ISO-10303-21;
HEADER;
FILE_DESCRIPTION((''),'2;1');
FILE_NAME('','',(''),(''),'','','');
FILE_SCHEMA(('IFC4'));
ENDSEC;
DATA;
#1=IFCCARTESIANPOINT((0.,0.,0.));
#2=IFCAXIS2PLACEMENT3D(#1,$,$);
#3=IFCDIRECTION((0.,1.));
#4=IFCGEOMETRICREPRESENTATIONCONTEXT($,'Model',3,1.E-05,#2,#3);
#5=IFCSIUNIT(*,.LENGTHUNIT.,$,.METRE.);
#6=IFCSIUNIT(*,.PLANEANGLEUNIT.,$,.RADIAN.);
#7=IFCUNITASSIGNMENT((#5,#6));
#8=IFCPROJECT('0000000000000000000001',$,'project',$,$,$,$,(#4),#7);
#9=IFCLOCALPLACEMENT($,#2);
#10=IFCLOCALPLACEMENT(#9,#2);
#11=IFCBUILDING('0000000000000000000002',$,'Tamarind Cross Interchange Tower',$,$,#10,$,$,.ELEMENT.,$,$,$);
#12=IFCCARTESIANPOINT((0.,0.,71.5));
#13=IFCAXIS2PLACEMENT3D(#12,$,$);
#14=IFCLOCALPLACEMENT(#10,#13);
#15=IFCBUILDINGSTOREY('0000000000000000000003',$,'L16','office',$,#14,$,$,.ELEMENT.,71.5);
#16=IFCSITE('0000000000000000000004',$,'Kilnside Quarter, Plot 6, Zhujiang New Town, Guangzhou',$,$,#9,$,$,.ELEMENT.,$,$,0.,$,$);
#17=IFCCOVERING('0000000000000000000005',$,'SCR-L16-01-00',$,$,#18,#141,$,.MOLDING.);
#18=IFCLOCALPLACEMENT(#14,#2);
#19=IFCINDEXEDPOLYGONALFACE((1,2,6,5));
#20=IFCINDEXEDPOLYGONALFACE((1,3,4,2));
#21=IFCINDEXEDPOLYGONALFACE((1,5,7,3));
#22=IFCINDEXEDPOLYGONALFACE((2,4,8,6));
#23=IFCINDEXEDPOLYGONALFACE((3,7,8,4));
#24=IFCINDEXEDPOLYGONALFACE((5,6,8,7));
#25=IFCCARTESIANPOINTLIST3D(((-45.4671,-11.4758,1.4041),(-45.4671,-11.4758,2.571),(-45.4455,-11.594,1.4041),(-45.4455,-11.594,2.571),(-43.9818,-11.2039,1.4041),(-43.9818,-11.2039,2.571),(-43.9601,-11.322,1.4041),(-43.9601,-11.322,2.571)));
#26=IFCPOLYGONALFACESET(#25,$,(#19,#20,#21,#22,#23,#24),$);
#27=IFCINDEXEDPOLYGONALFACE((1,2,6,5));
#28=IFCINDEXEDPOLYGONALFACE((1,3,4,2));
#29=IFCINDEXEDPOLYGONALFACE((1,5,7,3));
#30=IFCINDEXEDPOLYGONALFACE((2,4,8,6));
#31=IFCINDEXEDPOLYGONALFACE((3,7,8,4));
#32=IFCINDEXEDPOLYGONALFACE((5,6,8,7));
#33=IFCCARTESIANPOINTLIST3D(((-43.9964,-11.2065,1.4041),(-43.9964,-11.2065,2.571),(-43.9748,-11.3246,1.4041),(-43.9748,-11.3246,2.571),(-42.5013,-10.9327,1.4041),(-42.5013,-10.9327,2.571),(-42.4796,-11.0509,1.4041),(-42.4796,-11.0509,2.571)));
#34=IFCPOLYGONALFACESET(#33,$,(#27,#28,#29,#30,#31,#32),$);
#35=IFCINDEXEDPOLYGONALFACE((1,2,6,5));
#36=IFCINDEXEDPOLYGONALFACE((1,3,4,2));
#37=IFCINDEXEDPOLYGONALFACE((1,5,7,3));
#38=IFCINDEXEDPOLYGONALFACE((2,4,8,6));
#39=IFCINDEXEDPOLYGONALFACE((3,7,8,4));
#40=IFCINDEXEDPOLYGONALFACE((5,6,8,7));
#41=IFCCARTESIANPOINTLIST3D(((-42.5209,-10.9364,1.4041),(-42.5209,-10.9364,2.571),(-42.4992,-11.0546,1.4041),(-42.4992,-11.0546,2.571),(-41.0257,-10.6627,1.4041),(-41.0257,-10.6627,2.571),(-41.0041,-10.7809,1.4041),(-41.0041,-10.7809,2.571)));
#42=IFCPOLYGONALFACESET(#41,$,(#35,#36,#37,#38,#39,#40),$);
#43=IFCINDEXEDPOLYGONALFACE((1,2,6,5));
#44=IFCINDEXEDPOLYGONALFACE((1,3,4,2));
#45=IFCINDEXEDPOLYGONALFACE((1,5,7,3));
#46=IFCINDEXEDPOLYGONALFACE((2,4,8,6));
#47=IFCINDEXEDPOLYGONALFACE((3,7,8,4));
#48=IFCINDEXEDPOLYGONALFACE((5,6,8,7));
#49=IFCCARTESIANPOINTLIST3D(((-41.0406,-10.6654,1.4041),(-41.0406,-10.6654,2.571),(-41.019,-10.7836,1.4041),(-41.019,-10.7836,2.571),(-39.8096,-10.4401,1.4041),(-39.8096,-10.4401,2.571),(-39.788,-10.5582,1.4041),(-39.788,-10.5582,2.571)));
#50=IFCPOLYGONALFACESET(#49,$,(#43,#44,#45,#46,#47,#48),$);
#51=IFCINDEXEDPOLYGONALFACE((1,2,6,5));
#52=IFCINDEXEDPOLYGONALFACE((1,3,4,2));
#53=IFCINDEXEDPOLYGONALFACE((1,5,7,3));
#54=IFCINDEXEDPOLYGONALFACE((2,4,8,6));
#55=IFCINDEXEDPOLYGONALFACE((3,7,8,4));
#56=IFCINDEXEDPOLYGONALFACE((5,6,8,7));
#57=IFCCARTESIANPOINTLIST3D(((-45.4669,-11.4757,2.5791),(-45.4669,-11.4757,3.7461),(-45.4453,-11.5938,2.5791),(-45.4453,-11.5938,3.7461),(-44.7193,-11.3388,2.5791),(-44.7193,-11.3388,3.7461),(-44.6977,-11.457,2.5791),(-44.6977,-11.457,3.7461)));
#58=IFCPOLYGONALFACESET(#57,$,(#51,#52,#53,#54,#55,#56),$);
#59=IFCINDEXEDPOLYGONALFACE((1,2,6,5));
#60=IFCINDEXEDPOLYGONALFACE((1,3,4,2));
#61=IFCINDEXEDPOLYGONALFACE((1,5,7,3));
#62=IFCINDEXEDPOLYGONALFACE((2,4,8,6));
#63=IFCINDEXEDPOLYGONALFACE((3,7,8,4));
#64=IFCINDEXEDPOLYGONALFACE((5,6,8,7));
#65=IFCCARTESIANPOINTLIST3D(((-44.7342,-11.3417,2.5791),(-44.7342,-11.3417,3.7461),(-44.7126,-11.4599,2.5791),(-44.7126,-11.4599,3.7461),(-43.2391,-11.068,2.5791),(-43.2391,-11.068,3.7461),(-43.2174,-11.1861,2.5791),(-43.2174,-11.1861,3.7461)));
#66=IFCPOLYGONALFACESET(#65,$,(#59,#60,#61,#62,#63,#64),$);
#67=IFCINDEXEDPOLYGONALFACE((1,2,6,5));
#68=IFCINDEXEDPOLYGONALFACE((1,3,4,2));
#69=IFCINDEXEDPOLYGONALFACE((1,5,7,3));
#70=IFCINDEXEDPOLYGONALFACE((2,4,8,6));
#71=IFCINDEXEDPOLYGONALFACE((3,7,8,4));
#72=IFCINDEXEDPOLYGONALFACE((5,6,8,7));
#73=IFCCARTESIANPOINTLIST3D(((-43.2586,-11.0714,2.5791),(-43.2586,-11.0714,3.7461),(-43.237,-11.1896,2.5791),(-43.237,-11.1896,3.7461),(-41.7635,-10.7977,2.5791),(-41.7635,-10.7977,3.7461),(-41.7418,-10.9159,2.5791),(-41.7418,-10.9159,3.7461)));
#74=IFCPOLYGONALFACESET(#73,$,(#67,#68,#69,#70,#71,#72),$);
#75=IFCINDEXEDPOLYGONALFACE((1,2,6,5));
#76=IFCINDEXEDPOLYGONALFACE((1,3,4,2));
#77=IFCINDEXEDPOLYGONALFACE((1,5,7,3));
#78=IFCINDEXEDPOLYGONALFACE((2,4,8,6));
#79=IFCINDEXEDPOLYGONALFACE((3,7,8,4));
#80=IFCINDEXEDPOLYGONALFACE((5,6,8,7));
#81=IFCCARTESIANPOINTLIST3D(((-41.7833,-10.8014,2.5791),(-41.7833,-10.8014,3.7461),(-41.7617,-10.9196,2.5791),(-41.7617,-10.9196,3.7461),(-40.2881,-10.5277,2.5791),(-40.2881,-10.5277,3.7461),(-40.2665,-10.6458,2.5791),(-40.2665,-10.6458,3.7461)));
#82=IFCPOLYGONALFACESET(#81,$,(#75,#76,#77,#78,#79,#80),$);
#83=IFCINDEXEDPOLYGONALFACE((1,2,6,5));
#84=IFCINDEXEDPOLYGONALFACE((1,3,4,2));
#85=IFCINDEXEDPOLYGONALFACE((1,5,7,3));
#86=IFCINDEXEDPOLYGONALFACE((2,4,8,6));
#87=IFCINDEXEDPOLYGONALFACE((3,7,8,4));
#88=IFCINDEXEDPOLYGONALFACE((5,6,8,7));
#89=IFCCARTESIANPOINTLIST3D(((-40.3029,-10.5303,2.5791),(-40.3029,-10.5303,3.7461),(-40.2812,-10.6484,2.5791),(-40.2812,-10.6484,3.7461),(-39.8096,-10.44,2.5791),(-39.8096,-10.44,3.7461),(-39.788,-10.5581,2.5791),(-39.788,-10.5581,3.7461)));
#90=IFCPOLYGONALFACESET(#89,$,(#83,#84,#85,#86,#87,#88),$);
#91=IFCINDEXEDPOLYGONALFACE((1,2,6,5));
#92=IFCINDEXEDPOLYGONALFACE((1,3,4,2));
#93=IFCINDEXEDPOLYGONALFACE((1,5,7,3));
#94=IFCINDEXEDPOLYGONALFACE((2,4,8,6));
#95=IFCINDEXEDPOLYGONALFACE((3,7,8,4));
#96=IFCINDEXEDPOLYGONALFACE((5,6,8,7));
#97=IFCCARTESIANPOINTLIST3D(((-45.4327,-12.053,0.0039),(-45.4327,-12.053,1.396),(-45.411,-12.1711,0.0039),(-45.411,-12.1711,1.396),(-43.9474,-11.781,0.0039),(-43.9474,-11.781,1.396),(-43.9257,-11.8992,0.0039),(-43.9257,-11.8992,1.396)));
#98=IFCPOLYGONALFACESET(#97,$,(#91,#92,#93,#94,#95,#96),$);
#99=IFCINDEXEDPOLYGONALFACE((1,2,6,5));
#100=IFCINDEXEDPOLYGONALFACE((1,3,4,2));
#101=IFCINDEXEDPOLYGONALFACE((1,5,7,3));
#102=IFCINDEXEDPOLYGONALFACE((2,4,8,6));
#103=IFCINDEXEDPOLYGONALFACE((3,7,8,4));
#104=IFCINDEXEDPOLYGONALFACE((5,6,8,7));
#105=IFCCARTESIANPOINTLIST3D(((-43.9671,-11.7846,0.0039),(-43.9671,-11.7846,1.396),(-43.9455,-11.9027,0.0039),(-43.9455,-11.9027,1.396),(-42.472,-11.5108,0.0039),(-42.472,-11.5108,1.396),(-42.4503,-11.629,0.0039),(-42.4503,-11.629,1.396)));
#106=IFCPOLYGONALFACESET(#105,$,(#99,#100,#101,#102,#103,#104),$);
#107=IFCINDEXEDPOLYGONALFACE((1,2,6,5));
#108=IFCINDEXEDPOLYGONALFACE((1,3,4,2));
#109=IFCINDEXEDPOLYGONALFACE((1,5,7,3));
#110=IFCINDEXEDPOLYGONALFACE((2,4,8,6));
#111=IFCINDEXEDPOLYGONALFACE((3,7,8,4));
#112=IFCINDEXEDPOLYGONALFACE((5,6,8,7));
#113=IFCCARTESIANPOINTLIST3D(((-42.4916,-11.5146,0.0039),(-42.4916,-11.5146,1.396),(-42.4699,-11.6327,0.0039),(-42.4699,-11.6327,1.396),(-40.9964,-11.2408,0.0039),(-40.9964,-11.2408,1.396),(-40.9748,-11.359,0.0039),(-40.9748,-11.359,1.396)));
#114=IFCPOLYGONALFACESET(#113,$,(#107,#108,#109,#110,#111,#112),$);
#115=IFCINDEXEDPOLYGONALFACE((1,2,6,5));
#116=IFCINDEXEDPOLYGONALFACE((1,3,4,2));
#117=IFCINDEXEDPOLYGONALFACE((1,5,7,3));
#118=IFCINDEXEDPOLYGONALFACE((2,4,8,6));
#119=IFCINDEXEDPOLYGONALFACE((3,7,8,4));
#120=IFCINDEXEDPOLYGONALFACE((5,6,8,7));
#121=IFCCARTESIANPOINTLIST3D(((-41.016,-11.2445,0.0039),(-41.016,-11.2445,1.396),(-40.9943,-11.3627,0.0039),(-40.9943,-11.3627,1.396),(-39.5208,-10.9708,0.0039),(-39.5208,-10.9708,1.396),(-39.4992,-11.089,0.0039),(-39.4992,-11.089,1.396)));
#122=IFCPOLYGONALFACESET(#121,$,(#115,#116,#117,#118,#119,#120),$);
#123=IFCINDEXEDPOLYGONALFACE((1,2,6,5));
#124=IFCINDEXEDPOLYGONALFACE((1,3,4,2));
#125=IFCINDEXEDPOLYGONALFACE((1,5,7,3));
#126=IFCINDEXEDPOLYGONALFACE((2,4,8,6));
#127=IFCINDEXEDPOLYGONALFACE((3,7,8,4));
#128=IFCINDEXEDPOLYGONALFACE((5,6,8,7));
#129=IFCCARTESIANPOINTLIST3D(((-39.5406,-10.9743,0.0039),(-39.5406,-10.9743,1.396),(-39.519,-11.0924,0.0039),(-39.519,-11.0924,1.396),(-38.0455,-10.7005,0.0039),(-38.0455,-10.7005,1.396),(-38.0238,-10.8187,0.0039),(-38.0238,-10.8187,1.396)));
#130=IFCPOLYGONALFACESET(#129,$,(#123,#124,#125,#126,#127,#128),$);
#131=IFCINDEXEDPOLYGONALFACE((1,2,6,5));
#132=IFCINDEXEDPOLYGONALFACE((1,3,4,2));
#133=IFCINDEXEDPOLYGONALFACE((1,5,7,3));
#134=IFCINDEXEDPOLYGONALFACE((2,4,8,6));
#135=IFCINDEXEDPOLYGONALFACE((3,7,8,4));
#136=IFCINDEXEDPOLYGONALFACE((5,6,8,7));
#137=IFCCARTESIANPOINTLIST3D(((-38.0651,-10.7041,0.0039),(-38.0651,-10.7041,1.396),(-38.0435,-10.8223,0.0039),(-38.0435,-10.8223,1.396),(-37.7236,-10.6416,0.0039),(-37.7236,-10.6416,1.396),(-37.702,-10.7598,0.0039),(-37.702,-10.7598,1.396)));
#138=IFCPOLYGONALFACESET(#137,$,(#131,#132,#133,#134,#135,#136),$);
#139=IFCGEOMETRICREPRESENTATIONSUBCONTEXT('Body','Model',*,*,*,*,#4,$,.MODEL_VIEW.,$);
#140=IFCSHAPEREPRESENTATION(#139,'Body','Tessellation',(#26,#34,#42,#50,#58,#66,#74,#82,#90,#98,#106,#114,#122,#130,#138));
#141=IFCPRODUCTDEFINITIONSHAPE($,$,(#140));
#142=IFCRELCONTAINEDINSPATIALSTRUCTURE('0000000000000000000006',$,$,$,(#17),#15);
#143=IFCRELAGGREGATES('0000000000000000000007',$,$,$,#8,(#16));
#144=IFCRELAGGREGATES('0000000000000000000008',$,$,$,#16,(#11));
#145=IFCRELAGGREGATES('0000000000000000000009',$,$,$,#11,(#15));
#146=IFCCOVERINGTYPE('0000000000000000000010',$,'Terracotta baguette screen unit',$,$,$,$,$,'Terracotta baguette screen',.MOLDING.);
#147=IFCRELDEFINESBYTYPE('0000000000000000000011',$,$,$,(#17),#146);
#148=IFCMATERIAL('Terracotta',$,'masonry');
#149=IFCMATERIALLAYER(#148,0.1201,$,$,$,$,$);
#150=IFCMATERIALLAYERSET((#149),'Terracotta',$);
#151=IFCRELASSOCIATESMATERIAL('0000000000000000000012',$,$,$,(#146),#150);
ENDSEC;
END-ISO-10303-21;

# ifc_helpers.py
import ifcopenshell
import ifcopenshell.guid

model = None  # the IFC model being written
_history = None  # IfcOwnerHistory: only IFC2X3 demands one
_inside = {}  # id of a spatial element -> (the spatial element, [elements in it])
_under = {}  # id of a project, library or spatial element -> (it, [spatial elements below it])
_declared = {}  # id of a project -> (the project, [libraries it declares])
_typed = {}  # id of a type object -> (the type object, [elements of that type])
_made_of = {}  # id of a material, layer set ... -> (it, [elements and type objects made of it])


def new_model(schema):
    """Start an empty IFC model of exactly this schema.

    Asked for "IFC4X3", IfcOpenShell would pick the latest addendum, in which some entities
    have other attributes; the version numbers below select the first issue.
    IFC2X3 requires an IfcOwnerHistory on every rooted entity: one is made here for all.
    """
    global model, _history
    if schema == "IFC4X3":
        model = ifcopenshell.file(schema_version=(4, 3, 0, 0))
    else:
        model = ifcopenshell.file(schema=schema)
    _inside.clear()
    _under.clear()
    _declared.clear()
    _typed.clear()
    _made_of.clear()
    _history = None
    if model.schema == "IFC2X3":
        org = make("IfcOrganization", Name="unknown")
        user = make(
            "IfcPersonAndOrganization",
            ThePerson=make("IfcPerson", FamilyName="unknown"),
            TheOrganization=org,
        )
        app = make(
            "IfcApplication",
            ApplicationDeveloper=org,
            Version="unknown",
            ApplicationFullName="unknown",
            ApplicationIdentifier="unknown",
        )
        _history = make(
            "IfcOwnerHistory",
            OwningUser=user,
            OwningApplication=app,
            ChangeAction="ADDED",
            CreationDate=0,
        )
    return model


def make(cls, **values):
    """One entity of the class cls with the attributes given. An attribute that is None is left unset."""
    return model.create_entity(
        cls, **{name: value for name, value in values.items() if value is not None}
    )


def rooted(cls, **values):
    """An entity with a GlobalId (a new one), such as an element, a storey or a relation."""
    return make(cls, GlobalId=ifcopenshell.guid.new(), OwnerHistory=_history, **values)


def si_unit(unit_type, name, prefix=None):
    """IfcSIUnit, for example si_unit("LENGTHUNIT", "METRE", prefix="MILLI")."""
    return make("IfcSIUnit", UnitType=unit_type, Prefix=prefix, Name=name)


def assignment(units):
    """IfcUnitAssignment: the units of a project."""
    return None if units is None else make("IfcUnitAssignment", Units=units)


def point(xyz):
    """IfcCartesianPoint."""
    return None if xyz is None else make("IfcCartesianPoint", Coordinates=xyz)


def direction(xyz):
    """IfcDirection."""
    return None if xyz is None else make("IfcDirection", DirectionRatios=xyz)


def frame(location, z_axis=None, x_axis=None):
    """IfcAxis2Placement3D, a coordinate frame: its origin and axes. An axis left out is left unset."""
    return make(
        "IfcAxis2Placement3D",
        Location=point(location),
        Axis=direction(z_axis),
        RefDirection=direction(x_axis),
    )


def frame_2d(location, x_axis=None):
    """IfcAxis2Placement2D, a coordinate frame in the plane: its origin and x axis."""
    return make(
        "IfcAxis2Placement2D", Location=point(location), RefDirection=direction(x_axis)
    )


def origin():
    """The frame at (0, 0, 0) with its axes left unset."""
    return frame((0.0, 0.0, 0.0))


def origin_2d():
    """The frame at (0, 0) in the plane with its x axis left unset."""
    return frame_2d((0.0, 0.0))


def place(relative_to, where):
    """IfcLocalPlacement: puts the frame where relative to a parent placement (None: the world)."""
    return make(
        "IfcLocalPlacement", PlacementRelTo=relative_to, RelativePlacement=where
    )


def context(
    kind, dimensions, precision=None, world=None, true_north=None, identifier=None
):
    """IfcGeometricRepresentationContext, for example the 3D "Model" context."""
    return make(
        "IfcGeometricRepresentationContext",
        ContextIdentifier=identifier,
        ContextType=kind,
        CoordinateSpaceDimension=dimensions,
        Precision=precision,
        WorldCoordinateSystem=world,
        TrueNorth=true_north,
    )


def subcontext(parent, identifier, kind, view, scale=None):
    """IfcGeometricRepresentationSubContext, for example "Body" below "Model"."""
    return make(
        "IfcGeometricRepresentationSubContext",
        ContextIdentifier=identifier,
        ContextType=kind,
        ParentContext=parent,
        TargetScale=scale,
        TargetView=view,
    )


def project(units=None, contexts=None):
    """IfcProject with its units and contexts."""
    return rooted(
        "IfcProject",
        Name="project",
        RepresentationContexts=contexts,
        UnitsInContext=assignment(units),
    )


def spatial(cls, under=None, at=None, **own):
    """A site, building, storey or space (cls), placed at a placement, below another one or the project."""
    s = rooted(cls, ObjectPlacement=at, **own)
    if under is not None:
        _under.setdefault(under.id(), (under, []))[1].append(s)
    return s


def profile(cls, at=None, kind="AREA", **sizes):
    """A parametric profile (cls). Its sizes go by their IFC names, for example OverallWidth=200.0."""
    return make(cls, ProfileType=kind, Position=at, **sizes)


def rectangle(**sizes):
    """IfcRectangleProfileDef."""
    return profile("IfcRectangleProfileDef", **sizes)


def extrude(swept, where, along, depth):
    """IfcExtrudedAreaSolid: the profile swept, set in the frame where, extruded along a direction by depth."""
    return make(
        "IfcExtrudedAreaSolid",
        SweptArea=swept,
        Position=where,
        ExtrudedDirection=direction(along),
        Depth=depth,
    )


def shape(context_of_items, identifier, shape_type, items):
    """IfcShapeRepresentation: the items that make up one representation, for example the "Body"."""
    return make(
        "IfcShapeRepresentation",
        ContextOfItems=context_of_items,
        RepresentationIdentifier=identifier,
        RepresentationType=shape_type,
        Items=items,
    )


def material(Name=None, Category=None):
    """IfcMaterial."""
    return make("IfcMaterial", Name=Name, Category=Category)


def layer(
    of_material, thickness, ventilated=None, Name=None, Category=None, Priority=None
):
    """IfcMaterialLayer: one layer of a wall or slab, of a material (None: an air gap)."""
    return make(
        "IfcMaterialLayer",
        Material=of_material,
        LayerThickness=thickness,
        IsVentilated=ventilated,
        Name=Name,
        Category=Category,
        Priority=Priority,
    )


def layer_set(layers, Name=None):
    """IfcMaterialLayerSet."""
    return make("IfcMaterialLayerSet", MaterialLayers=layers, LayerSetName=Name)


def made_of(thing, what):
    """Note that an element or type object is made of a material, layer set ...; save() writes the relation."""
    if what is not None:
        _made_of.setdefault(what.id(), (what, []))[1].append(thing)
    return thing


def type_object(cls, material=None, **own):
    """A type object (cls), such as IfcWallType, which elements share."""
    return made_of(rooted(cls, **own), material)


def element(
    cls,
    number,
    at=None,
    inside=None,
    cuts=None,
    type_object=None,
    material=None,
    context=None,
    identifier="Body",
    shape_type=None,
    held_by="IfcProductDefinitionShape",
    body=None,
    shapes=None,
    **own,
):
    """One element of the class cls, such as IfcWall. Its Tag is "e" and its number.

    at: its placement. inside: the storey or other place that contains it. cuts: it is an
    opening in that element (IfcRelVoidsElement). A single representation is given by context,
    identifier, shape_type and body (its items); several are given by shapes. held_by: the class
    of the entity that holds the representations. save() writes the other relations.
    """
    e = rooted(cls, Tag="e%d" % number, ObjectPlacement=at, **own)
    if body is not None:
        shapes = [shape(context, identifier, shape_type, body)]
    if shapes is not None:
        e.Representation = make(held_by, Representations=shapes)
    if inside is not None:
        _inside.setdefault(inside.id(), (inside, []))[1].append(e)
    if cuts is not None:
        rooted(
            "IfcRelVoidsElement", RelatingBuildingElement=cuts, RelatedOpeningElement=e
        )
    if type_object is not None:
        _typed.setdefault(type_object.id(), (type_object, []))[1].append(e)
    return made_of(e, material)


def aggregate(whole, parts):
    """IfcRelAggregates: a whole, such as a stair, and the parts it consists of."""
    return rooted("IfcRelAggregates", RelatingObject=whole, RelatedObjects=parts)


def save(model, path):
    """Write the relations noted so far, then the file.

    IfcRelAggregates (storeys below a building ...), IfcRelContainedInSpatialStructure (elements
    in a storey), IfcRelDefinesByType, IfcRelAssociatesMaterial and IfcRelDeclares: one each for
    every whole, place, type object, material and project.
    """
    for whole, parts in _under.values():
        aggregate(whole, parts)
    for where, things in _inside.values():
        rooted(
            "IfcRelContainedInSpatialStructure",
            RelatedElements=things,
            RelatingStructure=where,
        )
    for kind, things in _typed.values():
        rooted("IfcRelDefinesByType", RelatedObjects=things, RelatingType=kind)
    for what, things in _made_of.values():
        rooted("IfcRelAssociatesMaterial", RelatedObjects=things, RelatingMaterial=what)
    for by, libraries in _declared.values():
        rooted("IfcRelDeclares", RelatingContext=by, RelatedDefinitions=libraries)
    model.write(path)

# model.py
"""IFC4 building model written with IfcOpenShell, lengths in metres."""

from ifc_helpers import new_model, si_unit, direction, frame, origin, origin_2d, place, context, subcontext, project, spatial, rectangle, extrude, material, layer, layer_set, type_object, element, save


model = new_model("IFC4")

# Units and contexts
model_context = context("Model", 3, precision=1e-05, world=origin(), true_north=direction((0.0, 1.0)))
body_context = subcontext(model_context, "Body", "Model", "MODEL_VIEW")
ifc_project = project(units=[si_unit("LENGTHUNIT", "METRE"), si_unit("PLANEANGLEUNIT", "RADIAN")], contexts=[model_context])

# Site, building, storey
site_placement = place(None, origin())
site = spatial("IfcSite", under=ifc_project, at=site_placement, Name="Kilnside Quarter, Plot 6, Zhujiang New Town, Guangzhou", CompositionType="ELEMENT", RefElevation=0.0)
building_placement = place(site_placement, origin())
building = spatial("IfcBuilding", under=site, at=building_placement, Name="Tamarind Cross Interchange Tower", CompositionType="ELEMENT")
storey_placement = place(building_placement, frame((0.0, 0.0, 71.5)))
storey = spatial("IfcBuildingStorey", under=building, at=storey_placement, Name="L16", Description="office", CompositionType="ELEMENT", Elevation=71.5)

# Covering
ifc_material_1 = material(Name="Terracotta", Category="masonry")
ifc_layer_1 = layer(ifc_material_1, 0.1201)
ifc_layer_set_1 = layer_set([ifc_layer_1], Name="Terracotta")
covering_type = type_object("IfcCoveringType", Name="Terracotta baguette screen unit", ElementType="Terracotta baguette screen", PredefinedType="MOLDING", material=ifc_layer_set_1)
covering_1_placement = place(storey_placement, origin())
element("IfcCovering", 1, at=covering_1_placement, inside=storey, type_object=covering_type, Name="SCR-L16-01-00", PredefinedType="MOLDING", context=body_context, shape_type="SweptSolid", body=[
    extrude(rectangle(XDim=1.51, YDim=0.1201, at=origin_2d()), frame((-44.7136, -11.3989, 1.4041), z_axis=(0.0, 0.0, 1.0), x_axis=(0.983651, 0.180086, 0.0)), (0.0, 0.0, 1.0), 1.167),
    extrude(rectangle(XDim=1.52, YDim=0.1201, at=origin_2d()), frame((-43.238, -11.1287, 1.4041), z_axis=(0.0, 0.0, 1.0), x_axis=(0.983651, 0.180086, 0.0)), (0.0, 0.0, 1.0), 1.167),
    extrude(rectangle(XDim=1.52, YDim=0.1201, at=origin_2d()), frame((-41.7625, -10.8586, 1.4041), z_axis=(0.0, 0.0, 1.0), x_axis=(0.983651, 0.180086, 0.0)), (0.0, 0.0, 1.0), 1.167),
    extrude(rectangle(XDim=1.2515, YDim=0.1201, at=origin_2d()), frame((-40.4143, -10.6118, 1.4041), z_axis=(0.0, 0.0, 1.0), x_axis=(0.983651, 0.180086, 0.0)), (0.0, 0.0, 1.0), 1.167),
    extrude(rectangle(XDim=0.76, YDim=0.1201, at=origin_2d()), frame((-45.0823, -11.4663, 2.5791), z_axis=(0.0, 0.0, 1.0), x_axis=(0.983651, 0.180086, 0.0)), (0.0, 0.0, 1.0), 1.167),
    extrude(rectangle(XDim=1.52, YDim=0.1201, at=origin_2d()), frame((-43.9758, -11.2639, 2.5791), z_axis=(0.0, 0.0, 1.0), x_axis=(0.983651, 0.180086, 0.0)), (0.0, 0.0, 1.0), 1.167),
    extrude(rectangle(XDim=1.52, YDim=0.1201, at=origin_2d()), frame((-42.5002, -10.9937, 2.5791), z_axis=(0.0, 0.0, 1.0), x_axis=(0.983651, 0.180086, 0.0)), (0.0, 0.0, 1.0), 1.167),
    extrude(rectangle(XDim=1.52, YDim=0.1201, at=origin_2d()), frame((-41.0249, -10.7236, 2.5791), z_axis=(0.0, 0.0, 1.0), x_axis=(0.983651, 0.180086, 0.0)), (0.0, 0.0, 1.0), 1.167),
    extrude(rectangle(XDim=0.5015, YDim=0.1201, at=origin_2d()), frame((-40.0454, -10.5442, 2.5791), z_axis=(0.0, 0.0, 1.0), x_axis=(0.983651, 0.180086, 0.0)), (0.0, 0.0, 1.0), 1.167),
    extrude(rectangle(XDim=1.51, YDim=0.1201, at=origin_2d()), frame((-44.6792, -11.9761, 0.0039), z_axis=(0.0, 0.0, 1.0), x_axis=(0.983651, 0.180086, 0.0)), (0.0, 0.0, 1.0), 1.3921),
    extrude(rectangle(XDim=1.52, YDim=0.1201, at=origin_2d()), frame((-43.2087, -11.7068, 0.0039), z_axis=(0.0, 0.0, 1.0), x_axis=(0.983651, 0.180086, 0.0)), (0.0, 0.0, 1.0), 1.3921),
    extrude(rectangle(XDim=1.52, YDim=0.1201, at=origin_2d()), frame((-41.7332, -11.4368, 0.0039), z_axis=(0.0, 0.0, 1.0), x_axis=(0.983651, 0.180086, 0.0)), (0.0, 0.0, 1.0), 1.3921),
    extrude(rectangle(XDim=1.52, YDim=0.1201, at=origin_2d()), frame((-40.2576, -11.1667, 0.0039), z_axis=(0.0, 0.0, 1.0), x_axis=(0.983651, 0.180086, 0.0)), (0.0, 0.0, 1.0), 1.3921),
    extrude(rectangle(XDim=1.52, YDim=0.1201, at=origin_2d()), frame((-38.7822, -10.8965, 0.0039), z_axis=(0.0, 0.0, 1.0), x_axis=(0.983651, 0.180086, 0.0)), (0.0, 0.0, 1.0), 1.3921),
    extrude(rectangle(XDim=0.3472, YDim=0.1201, at=origin_2d()), frame((-37.8835, -10.7319, 0.0039), z_axis=(0.0, 0.0, 1.0), x_axis=(0.983651, 0.180086, 0.0)), (0.0, 0.0, 1.0), 1.3921),
])

save(model, "model.ifc")
